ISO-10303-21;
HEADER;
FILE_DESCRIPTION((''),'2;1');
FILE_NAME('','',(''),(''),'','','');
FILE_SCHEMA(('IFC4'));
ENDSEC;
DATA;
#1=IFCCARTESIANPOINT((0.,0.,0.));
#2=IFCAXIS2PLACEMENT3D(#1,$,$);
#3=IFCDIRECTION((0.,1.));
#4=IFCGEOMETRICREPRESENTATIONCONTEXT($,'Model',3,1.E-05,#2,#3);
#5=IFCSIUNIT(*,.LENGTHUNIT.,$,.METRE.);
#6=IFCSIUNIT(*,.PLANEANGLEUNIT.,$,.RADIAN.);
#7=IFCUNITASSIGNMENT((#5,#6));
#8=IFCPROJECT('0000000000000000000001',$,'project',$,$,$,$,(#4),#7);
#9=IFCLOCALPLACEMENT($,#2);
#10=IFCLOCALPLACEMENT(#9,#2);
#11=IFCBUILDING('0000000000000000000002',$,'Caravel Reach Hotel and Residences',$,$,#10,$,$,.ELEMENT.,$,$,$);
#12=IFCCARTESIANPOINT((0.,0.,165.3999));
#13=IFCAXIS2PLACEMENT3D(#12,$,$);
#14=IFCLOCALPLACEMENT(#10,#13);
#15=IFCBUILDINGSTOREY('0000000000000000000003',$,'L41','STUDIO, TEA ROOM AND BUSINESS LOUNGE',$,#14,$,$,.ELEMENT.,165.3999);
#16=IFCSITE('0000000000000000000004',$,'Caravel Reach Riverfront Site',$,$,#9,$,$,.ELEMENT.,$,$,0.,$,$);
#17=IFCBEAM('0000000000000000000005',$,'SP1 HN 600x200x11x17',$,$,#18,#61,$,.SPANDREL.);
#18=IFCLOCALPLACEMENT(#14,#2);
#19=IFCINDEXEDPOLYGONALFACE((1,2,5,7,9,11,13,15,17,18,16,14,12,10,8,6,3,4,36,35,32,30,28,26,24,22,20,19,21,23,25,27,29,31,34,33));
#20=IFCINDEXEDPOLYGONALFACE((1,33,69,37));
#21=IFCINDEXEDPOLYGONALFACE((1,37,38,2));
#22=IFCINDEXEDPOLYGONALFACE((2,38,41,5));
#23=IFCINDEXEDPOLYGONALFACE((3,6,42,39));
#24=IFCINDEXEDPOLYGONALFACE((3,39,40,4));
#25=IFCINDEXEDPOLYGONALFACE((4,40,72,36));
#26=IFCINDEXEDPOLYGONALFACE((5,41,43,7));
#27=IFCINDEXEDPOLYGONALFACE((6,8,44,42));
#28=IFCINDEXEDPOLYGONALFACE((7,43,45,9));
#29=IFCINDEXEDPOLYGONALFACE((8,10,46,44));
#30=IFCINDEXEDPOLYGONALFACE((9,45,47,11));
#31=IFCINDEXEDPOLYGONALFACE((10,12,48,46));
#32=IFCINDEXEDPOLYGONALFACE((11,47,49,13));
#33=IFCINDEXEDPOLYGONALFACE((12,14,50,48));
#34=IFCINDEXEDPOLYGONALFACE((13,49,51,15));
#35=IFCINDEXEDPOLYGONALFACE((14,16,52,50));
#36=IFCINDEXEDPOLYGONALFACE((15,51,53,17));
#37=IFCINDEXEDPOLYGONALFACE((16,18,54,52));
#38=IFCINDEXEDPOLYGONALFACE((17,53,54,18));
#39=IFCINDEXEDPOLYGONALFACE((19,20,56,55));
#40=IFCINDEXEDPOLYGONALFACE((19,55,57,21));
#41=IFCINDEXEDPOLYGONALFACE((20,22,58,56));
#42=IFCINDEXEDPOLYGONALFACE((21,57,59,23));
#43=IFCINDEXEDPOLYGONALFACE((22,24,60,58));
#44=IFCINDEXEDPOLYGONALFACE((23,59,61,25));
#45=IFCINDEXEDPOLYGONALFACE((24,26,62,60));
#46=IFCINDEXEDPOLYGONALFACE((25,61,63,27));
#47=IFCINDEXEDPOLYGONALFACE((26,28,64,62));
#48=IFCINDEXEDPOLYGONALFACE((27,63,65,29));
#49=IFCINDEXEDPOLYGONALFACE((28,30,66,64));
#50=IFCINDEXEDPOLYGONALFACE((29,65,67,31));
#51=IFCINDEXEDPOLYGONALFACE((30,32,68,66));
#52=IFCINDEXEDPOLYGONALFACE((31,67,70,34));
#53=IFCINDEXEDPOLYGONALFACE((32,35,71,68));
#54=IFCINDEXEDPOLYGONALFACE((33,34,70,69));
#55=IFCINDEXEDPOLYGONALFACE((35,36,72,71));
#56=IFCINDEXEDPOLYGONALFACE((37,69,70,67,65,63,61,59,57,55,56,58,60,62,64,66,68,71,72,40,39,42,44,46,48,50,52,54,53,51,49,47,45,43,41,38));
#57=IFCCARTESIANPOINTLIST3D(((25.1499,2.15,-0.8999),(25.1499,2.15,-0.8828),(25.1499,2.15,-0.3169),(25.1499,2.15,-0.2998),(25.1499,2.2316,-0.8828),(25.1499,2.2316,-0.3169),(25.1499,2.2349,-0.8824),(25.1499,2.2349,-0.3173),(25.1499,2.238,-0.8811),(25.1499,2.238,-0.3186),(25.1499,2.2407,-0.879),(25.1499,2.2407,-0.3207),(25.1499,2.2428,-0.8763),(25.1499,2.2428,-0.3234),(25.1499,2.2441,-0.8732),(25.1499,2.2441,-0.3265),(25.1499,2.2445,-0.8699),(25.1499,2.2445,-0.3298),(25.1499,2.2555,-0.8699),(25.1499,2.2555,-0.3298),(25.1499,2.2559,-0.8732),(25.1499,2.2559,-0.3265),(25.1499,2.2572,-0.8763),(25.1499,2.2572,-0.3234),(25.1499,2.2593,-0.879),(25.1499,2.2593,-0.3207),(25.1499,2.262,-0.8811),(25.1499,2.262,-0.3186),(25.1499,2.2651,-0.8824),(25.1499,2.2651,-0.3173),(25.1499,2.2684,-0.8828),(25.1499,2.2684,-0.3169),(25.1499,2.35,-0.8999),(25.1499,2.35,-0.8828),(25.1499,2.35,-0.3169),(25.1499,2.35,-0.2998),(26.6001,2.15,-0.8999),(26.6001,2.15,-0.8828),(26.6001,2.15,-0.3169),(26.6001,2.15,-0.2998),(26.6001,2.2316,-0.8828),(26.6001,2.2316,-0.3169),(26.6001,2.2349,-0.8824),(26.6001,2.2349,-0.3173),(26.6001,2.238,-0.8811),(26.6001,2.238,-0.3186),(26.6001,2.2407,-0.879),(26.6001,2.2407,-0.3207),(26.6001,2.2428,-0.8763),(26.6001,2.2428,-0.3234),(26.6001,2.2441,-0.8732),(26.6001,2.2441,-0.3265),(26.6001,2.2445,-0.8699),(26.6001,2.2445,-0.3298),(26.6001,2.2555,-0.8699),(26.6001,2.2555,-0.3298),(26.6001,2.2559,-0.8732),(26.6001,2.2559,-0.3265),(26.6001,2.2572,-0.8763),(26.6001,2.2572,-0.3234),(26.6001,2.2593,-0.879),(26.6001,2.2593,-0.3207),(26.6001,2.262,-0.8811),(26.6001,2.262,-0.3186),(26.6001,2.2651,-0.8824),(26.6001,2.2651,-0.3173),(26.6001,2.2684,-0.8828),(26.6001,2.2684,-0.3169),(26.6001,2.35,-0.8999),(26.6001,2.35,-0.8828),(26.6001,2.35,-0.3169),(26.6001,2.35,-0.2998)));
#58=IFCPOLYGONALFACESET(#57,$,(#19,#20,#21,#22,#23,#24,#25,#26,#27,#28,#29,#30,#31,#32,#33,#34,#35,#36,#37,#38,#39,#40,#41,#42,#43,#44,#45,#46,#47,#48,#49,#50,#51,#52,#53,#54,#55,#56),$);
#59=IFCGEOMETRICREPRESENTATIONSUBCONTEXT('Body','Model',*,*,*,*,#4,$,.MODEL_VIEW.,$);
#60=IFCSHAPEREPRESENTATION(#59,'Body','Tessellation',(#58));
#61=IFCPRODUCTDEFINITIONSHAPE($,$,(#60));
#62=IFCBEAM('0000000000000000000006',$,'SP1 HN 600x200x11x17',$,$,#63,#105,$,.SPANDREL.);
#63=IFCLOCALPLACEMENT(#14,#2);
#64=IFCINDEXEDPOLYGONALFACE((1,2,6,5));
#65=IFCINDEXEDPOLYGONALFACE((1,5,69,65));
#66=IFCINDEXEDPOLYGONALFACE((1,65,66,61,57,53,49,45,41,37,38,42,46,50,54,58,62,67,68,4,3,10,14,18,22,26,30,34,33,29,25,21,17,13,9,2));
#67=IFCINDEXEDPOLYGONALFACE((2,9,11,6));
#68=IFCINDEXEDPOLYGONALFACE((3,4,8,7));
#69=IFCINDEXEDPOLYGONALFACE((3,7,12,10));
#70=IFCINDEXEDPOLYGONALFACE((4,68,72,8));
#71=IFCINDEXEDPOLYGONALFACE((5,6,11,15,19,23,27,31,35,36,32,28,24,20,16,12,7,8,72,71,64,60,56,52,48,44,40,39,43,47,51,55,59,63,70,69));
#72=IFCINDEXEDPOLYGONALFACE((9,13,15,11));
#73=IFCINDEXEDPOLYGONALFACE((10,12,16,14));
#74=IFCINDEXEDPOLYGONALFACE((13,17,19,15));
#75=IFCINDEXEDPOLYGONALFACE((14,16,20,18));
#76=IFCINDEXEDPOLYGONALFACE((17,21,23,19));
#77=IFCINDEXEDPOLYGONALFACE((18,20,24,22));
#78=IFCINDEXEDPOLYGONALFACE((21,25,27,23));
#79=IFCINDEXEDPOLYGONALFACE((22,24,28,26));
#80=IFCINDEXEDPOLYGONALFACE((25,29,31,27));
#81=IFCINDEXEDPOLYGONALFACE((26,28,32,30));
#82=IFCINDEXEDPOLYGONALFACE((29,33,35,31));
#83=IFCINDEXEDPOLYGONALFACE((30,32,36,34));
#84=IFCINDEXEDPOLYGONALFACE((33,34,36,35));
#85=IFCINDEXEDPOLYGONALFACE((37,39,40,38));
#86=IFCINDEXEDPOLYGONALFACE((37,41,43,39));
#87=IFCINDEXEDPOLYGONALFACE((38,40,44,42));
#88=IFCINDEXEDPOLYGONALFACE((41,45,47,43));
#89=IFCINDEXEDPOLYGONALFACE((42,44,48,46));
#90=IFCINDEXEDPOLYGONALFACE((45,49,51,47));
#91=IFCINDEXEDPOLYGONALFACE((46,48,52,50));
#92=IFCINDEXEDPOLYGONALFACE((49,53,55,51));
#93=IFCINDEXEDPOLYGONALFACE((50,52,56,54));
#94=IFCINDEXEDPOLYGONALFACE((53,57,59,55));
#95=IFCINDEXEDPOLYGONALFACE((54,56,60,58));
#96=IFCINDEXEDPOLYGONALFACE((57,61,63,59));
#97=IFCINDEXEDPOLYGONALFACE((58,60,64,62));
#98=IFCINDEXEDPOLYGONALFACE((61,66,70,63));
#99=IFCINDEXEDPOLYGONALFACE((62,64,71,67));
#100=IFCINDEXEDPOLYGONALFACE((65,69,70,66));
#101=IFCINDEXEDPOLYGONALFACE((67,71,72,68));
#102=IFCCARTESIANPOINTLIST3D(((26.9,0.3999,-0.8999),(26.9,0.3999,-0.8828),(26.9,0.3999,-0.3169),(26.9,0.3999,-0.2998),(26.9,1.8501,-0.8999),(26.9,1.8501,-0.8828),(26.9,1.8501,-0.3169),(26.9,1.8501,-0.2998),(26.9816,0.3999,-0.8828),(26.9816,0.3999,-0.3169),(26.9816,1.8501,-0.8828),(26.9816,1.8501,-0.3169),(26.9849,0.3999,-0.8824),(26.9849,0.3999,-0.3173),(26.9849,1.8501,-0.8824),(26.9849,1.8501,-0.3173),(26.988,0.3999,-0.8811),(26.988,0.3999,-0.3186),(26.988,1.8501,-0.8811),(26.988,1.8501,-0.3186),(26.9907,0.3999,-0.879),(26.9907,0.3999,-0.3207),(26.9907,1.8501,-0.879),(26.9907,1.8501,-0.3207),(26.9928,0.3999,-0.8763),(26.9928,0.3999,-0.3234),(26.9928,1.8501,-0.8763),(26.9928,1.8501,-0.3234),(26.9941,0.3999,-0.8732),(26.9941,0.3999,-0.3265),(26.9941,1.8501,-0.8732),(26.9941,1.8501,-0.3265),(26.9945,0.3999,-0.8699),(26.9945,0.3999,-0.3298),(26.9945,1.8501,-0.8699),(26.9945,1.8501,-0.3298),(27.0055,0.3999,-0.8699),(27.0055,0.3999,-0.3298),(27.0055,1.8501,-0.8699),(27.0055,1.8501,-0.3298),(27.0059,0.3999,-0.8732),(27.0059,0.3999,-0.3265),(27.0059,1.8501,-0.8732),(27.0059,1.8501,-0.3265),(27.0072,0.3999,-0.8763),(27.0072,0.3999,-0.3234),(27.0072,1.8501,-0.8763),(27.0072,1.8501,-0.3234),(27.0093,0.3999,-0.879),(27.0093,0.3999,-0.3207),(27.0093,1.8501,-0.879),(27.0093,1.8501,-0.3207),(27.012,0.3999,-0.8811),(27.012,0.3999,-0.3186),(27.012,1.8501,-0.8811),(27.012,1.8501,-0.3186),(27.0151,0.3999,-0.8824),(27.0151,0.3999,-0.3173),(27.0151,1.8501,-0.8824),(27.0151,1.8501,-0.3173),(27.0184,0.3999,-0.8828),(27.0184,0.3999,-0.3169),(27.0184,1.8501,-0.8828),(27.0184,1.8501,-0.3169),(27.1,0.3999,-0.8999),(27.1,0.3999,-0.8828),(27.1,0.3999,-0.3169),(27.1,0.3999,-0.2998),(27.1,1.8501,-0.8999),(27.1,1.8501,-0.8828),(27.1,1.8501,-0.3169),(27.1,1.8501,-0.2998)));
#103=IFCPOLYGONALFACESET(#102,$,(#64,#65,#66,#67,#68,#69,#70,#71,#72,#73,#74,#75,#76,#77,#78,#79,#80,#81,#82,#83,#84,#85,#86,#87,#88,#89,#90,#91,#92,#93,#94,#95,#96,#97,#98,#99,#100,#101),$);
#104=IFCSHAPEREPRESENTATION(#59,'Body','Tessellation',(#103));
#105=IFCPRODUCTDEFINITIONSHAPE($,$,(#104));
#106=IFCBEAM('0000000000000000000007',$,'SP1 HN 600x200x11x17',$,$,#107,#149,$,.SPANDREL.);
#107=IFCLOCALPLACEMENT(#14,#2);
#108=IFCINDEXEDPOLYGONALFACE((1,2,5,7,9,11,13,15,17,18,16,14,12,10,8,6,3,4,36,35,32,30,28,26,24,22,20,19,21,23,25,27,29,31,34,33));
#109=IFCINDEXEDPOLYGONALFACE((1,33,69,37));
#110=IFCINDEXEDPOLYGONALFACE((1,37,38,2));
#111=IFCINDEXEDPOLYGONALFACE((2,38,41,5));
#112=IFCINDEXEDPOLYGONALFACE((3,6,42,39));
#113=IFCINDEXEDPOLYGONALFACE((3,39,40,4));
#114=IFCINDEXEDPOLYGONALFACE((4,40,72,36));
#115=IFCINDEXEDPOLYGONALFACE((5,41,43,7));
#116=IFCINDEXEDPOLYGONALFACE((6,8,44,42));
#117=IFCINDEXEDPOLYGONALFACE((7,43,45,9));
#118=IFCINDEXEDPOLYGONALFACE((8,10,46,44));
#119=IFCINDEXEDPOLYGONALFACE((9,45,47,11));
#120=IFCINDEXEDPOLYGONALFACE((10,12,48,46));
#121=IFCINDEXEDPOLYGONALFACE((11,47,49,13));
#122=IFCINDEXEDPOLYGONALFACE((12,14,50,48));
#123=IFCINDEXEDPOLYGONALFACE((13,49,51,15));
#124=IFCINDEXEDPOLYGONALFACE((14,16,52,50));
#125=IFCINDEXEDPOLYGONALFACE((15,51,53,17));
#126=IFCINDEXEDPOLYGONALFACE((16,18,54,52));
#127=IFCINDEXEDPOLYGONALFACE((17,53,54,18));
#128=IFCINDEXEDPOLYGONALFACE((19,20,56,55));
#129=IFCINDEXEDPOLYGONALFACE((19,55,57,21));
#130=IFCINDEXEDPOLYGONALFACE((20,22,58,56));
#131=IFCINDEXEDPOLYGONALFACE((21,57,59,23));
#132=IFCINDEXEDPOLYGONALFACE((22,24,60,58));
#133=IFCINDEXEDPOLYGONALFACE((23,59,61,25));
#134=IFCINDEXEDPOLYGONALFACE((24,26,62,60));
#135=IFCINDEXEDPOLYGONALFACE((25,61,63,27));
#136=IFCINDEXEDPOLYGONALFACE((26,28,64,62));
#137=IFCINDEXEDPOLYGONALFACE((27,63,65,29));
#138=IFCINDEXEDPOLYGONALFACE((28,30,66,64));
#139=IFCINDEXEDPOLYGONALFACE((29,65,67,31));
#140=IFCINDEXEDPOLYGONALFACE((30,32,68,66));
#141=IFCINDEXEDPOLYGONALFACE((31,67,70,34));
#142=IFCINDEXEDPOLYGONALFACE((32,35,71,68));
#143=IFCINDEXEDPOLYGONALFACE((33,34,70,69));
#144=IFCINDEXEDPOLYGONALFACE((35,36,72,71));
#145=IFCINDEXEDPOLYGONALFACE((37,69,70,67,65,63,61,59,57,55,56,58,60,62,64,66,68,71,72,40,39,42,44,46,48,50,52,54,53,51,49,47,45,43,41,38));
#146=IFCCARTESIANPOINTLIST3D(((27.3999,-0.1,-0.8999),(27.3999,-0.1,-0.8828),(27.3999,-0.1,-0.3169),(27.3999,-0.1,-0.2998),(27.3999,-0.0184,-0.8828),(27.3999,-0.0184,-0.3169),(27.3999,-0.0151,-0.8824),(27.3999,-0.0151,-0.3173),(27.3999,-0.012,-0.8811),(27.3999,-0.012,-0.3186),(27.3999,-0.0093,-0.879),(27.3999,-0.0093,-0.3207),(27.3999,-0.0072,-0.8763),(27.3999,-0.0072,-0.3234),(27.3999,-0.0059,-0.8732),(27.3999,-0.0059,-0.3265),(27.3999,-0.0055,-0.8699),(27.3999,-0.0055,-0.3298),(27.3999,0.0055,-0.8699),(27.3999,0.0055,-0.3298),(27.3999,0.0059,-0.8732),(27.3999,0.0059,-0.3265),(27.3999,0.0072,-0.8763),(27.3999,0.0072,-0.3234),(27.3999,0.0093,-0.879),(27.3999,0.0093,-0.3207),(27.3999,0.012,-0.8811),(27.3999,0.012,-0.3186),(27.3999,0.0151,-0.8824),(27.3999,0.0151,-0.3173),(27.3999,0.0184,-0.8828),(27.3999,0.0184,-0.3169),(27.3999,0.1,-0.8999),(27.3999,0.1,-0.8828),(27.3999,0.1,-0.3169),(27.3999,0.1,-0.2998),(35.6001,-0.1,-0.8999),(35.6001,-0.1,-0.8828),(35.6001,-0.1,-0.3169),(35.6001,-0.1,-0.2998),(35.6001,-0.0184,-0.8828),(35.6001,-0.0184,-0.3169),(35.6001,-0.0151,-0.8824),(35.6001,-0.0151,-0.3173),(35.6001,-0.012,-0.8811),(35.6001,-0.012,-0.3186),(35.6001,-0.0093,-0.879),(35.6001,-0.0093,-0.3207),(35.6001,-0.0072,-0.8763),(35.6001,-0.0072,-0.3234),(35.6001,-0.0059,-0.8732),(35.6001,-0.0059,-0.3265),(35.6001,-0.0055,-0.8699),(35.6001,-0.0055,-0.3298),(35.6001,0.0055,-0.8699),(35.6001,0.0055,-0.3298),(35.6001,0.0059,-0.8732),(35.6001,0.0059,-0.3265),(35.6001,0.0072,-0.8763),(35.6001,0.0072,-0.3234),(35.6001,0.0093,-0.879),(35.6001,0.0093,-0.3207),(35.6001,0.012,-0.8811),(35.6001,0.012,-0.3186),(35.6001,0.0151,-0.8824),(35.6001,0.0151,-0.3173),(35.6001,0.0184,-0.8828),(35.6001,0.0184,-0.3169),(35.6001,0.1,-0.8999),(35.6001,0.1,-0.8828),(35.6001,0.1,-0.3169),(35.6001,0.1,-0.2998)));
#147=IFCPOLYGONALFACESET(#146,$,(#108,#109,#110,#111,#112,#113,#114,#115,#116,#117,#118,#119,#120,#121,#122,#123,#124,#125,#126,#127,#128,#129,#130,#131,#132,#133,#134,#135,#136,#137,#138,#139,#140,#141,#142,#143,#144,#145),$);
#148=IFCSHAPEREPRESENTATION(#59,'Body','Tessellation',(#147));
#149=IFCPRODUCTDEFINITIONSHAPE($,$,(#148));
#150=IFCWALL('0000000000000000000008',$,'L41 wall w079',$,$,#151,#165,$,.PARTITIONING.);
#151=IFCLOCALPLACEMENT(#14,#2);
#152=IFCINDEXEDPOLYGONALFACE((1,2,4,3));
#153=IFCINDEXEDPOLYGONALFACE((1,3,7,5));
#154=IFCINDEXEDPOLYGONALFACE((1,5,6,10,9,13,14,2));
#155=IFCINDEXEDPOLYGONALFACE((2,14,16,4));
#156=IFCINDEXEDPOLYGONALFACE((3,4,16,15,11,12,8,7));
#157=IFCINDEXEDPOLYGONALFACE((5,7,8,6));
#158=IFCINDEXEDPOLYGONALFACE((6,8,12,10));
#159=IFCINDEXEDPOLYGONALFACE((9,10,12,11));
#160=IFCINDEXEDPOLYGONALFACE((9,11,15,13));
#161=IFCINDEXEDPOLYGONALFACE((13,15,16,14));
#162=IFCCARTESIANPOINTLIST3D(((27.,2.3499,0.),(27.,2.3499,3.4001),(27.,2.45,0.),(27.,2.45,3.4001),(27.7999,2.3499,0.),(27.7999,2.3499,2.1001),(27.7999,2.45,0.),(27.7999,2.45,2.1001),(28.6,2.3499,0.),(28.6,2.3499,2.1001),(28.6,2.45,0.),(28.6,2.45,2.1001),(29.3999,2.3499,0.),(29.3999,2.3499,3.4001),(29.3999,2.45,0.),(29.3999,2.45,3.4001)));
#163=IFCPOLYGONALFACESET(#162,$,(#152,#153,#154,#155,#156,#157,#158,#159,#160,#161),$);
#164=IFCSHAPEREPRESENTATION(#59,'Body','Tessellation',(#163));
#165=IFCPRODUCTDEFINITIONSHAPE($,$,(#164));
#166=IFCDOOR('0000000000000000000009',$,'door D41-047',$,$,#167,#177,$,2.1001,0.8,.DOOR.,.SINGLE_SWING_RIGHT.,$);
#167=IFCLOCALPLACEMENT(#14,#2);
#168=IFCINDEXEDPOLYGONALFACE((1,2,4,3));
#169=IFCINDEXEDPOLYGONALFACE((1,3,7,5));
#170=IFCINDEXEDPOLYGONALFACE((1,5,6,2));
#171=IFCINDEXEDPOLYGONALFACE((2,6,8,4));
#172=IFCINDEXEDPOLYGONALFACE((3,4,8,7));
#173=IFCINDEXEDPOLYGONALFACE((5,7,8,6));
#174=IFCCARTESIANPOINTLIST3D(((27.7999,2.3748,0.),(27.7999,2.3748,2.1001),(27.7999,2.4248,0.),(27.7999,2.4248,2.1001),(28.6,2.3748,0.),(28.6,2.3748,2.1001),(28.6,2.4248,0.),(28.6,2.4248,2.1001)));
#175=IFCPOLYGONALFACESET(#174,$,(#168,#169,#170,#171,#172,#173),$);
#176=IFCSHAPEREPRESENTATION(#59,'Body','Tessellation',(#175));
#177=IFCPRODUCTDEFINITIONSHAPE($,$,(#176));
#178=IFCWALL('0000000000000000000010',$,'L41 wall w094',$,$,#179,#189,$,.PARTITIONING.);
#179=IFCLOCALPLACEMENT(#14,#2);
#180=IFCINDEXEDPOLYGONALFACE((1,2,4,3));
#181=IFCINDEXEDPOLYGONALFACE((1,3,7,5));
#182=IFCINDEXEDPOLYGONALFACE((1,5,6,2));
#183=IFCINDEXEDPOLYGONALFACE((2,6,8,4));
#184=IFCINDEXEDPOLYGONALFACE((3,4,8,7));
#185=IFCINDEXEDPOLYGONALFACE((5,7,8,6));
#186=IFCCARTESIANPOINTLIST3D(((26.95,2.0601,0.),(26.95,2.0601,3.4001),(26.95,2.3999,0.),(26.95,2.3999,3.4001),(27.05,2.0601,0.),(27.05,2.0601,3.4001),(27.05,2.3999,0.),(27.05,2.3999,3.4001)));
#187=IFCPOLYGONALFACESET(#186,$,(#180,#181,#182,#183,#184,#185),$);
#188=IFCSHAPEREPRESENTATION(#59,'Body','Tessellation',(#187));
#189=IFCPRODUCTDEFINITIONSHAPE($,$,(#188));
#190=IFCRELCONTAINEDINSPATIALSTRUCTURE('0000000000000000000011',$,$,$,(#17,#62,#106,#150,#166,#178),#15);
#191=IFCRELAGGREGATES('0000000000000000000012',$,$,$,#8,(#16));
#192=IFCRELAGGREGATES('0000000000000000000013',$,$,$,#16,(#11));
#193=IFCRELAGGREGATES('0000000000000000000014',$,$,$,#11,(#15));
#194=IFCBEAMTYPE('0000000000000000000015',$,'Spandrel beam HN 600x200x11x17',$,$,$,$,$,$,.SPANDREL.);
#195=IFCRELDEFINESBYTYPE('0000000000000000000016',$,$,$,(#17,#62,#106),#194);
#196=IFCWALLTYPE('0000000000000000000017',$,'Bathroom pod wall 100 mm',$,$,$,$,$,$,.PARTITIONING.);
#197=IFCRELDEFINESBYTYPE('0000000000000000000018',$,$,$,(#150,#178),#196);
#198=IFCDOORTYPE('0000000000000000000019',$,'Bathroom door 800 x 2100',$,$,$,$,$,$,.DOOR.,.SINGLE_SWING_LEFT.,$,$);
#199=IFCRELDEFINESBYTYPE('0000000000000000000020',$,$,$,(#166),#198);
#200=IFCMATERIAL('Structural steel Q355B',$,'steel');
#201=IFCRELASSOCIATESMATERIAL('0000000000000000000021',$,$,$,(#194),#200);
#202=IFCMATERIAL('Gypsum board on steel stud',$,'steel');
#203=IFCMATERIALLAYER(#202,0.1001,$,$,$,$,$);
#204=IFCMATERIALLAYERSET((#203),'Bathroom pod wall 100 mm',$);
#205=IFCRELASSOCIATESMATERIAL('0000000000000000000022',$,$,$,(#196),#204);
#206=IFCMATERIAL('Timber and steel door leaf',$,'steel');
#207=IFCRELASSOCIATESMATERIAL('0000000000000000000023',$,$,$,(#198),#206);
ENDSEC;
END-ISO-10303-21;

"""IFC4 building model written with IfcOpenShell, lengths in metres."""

from ifc_helpers import new_model, si_unit, direction, frame, frame_2d, origin, origin_2d, place, context, subcontext, project, spatial, rectangle, i_section, extrude, material, layer, layer_set, material_profile, profile_set, type_object, element, fill, save


model = new_model("IFC4")

# Units and contexts
model_context = context("Model", 3, precision=1e-05, world=origin(), true_north=direction((0.0, 1.0)))
body_context = subcontext(model_context, "Body", "Model", "MODEL_VIEW")
ifc_project = project(units=[si_unit("LENGTHUNIT", "METRE"), si_unit("PLANEANGLEUNIT", "RADIAN")], contexts=[model_context])

# Site, building, storey
site_placement = place(None, origin())
site = spatial("IfcSite", under=ifc_project, at=site_placement, Name="Caravel Reach Riverfront Site", CompositionType="ELEMENT", RefElevation=0.0)
building_placement = place(site_placement, origin())
building = spatial("IfcBuilding", under=site, at=building_placement, Name="Caravel Reach Hotel and Residences", CompositionType="ELEMENT")
storey_placement = place(building_placement, frame((0.0, 0.0, 165.3999)))
storey = spatial("IfcBuildingStorey", under=building, at=storey_placement, Name="L41", Description="STUDIO, TEA ROOM AND BUSINESS LOUNGE", CompositionType="ELEMENT", Elevation=165.3999)

# Beams
ifc_material_1 = material(Name="Structural steel Q355B", Category="steel")
ifc_material_profile_1 = material_profile(ifc_material_1, i_section(OverallWidth=0.2, OverallDepth=0.6001, WebThickness=0.011, FlangeThickness=0.0171, FilletRadius=0.0129, at=origin_2d()), Name="HN 600x200x11x17")
ifc_profile_set_1 = profile_set([ifc_material_profile_1], Name="Structural steel Q355B")
beam_type = type_object("IfcBeamType", Name="Spandrel beam HN 600x200x11x17", PredefinedType="SPANDREL", material=ifc_profile_set_1)
for number, where, z_axis, x_axis, name in (
    (1, (25.1499, 2.25, -0.5999), (1.0, 0.0, 0.0), (0.0, 1.0, 0.0), "SP1 HN 600x200x11x17"),
    (2, (27.0, 1.8501, -0.5999), (0.0, -1.0, 0.0), (1.0, 0.0, 0.0), "SP1 HN 600x200x11x17"),
):
    element("IfcBeam", number, at=place(storey_placement, frame(where, z_axis=z_axis, x_axis=x_axis)), inside=storey, type_object=beam_type, Name=name, PredefinedType="SPANDREL", context=body_context, shape_type="SweptSolid", body=[
        extrude(i_section(OverallWidth=0.2, OverallDepth=0.6001, WebThickness=0.011, FlangeThickness=0.0171, FilletRadius=0.0129, at=origin_2d()), origin(), (0.0, 0.0, 1.0), 1.4502),
    ])
beam_placement = place(storey_placement, frame((27.3999, 0.0, -0.5999), z_axis=(1.0, 0.0, 0.0), x_axis=(0.0, 1.0, 0.0)))
element("IfcBeam", 3, at=beam_placement, inside=storey, type_object=beam_type, Name="SP1 HN 600x200x11x17", PredefinedType="SPANDREL", context=body_context, shape_type="SweptSolid", body=[
    extrude(i_section(OverallWidth=0.2, OverallDepth=0.6001, WebThickness=0.011, FlangeThickness=0.0171, FilletRadius=0.0129, at=origin_2d()), origin(), (0.0, 0.0, 1.0), 8.2002),
])

# Wall, opening, door
ifc_material_2 = material(Name="Gypsum board on steel stud", Category="steel")
ifc_layer_1 = layer(ifc_material_2, 0.1001)
ifc_layer_set_1 = layer_set([ifc_layer_1], Name="Bathroom pod wall 100 mm")
wall_type_1 = type_object("IfcWallType", Name="Bathroom pod wall 100 mm", PredefinedType="PARTITIONING", material=ifc_layer_set_1)
wall_1_placement = place(storey_placement, frame((27.0, 2.3999, 0.0), z_axis=(0.0, 0.0, 1.0), x_axis=(1.0, 0.0, 0.0)))
wall_1 = element("IfcWall", 4, at=wall_1_placement, inside=storey, type_object=wall_type_1, Name="L41 wall w079", PredefinedType="PARTITIONING", context=body_context, shape_type="SweptSolid", body=[
    extrude(rectangle(XDim=2.3999, YDim=0.1001, at=frame_2d((1.2, 0.0))), origin(), (0.0, 0.0, 1.0), 3.4001),
])
opening_1_placement = place(wall_1_placement, frame((0.8, 0.0, 0.0)))
opening_1 = element("IfcOpeningElement", 5, at=opening_1_placement, cuts=wall_1, PredefinedType="OPENING", context=body_context, shape_type="SweptSolid", body=[
    extrude(rectangle(XDim=0.8, YDim=2.1001, at=frame_2d((0.3999, 1.05))), frame((0.0, 0.0601, 0.0), z_axis=(0.0, -1.0, 0.0), x_axis=(1.0, 0.0, 0.0)), (0.0, 0.0, 1.0), 0.1201),
])
ifc_material_3 = material(Name="Timber and steel door leaf", Category="steel")
door_type = type_object("IfcDoorType", Name="Bathroom door 800 x 2100", OperationType="SINGLE_SWING_LEFT", PredefinedType="DOOR", material=ifc_material_3)
door_placement = place(opening_1_placement, origin())
door = element("IfcDoor", 6, at=door_placement, inside=storey, type_object=door_type, Name="door D41-047", OperationType="SINGLE_SWING_RIGHT", OverallHeight=2.1001, OverallWidth=0.8, PredefinedType="DOOR", context=body_context, shape_type="SweptSolid", body=[
    extrude(rectangle(XDim=0.8, YDim=2.1001, at=frame_2d((0.3999, 1.05))), frame((0.0, 0.0249, 0.0), z_axis=(0.0, -1.0, 0.0), x_axis=(1.0, 0.0, 0.0)), (0.0, 0.0, 1.0), 0.05),
])
fill(opening_1, door)

# Wall
wall_2_placement = place(storey_placement, frame((27.0, 2.0601, 0.0), z_axis=(0.0, 0.0, 1.0), x_axis=(0.0, 1.0, 0.0)))
element("IfcWall", 7, at=wall_2_placement, inside=storey, type_object=wall_type_1, Name="L41 wall w094", PredefinedType="PARTITIONING", context=body_context, shape_type="SweptSolid", body=[
    extrude(rectangle(XDim=0.3398, YDim=0.1001, at=frame_2d((0.1699, 0.0))), origin(), (0.0, 0.0, 1.0), 3.4001),
])

save(model, "model.ifc")
